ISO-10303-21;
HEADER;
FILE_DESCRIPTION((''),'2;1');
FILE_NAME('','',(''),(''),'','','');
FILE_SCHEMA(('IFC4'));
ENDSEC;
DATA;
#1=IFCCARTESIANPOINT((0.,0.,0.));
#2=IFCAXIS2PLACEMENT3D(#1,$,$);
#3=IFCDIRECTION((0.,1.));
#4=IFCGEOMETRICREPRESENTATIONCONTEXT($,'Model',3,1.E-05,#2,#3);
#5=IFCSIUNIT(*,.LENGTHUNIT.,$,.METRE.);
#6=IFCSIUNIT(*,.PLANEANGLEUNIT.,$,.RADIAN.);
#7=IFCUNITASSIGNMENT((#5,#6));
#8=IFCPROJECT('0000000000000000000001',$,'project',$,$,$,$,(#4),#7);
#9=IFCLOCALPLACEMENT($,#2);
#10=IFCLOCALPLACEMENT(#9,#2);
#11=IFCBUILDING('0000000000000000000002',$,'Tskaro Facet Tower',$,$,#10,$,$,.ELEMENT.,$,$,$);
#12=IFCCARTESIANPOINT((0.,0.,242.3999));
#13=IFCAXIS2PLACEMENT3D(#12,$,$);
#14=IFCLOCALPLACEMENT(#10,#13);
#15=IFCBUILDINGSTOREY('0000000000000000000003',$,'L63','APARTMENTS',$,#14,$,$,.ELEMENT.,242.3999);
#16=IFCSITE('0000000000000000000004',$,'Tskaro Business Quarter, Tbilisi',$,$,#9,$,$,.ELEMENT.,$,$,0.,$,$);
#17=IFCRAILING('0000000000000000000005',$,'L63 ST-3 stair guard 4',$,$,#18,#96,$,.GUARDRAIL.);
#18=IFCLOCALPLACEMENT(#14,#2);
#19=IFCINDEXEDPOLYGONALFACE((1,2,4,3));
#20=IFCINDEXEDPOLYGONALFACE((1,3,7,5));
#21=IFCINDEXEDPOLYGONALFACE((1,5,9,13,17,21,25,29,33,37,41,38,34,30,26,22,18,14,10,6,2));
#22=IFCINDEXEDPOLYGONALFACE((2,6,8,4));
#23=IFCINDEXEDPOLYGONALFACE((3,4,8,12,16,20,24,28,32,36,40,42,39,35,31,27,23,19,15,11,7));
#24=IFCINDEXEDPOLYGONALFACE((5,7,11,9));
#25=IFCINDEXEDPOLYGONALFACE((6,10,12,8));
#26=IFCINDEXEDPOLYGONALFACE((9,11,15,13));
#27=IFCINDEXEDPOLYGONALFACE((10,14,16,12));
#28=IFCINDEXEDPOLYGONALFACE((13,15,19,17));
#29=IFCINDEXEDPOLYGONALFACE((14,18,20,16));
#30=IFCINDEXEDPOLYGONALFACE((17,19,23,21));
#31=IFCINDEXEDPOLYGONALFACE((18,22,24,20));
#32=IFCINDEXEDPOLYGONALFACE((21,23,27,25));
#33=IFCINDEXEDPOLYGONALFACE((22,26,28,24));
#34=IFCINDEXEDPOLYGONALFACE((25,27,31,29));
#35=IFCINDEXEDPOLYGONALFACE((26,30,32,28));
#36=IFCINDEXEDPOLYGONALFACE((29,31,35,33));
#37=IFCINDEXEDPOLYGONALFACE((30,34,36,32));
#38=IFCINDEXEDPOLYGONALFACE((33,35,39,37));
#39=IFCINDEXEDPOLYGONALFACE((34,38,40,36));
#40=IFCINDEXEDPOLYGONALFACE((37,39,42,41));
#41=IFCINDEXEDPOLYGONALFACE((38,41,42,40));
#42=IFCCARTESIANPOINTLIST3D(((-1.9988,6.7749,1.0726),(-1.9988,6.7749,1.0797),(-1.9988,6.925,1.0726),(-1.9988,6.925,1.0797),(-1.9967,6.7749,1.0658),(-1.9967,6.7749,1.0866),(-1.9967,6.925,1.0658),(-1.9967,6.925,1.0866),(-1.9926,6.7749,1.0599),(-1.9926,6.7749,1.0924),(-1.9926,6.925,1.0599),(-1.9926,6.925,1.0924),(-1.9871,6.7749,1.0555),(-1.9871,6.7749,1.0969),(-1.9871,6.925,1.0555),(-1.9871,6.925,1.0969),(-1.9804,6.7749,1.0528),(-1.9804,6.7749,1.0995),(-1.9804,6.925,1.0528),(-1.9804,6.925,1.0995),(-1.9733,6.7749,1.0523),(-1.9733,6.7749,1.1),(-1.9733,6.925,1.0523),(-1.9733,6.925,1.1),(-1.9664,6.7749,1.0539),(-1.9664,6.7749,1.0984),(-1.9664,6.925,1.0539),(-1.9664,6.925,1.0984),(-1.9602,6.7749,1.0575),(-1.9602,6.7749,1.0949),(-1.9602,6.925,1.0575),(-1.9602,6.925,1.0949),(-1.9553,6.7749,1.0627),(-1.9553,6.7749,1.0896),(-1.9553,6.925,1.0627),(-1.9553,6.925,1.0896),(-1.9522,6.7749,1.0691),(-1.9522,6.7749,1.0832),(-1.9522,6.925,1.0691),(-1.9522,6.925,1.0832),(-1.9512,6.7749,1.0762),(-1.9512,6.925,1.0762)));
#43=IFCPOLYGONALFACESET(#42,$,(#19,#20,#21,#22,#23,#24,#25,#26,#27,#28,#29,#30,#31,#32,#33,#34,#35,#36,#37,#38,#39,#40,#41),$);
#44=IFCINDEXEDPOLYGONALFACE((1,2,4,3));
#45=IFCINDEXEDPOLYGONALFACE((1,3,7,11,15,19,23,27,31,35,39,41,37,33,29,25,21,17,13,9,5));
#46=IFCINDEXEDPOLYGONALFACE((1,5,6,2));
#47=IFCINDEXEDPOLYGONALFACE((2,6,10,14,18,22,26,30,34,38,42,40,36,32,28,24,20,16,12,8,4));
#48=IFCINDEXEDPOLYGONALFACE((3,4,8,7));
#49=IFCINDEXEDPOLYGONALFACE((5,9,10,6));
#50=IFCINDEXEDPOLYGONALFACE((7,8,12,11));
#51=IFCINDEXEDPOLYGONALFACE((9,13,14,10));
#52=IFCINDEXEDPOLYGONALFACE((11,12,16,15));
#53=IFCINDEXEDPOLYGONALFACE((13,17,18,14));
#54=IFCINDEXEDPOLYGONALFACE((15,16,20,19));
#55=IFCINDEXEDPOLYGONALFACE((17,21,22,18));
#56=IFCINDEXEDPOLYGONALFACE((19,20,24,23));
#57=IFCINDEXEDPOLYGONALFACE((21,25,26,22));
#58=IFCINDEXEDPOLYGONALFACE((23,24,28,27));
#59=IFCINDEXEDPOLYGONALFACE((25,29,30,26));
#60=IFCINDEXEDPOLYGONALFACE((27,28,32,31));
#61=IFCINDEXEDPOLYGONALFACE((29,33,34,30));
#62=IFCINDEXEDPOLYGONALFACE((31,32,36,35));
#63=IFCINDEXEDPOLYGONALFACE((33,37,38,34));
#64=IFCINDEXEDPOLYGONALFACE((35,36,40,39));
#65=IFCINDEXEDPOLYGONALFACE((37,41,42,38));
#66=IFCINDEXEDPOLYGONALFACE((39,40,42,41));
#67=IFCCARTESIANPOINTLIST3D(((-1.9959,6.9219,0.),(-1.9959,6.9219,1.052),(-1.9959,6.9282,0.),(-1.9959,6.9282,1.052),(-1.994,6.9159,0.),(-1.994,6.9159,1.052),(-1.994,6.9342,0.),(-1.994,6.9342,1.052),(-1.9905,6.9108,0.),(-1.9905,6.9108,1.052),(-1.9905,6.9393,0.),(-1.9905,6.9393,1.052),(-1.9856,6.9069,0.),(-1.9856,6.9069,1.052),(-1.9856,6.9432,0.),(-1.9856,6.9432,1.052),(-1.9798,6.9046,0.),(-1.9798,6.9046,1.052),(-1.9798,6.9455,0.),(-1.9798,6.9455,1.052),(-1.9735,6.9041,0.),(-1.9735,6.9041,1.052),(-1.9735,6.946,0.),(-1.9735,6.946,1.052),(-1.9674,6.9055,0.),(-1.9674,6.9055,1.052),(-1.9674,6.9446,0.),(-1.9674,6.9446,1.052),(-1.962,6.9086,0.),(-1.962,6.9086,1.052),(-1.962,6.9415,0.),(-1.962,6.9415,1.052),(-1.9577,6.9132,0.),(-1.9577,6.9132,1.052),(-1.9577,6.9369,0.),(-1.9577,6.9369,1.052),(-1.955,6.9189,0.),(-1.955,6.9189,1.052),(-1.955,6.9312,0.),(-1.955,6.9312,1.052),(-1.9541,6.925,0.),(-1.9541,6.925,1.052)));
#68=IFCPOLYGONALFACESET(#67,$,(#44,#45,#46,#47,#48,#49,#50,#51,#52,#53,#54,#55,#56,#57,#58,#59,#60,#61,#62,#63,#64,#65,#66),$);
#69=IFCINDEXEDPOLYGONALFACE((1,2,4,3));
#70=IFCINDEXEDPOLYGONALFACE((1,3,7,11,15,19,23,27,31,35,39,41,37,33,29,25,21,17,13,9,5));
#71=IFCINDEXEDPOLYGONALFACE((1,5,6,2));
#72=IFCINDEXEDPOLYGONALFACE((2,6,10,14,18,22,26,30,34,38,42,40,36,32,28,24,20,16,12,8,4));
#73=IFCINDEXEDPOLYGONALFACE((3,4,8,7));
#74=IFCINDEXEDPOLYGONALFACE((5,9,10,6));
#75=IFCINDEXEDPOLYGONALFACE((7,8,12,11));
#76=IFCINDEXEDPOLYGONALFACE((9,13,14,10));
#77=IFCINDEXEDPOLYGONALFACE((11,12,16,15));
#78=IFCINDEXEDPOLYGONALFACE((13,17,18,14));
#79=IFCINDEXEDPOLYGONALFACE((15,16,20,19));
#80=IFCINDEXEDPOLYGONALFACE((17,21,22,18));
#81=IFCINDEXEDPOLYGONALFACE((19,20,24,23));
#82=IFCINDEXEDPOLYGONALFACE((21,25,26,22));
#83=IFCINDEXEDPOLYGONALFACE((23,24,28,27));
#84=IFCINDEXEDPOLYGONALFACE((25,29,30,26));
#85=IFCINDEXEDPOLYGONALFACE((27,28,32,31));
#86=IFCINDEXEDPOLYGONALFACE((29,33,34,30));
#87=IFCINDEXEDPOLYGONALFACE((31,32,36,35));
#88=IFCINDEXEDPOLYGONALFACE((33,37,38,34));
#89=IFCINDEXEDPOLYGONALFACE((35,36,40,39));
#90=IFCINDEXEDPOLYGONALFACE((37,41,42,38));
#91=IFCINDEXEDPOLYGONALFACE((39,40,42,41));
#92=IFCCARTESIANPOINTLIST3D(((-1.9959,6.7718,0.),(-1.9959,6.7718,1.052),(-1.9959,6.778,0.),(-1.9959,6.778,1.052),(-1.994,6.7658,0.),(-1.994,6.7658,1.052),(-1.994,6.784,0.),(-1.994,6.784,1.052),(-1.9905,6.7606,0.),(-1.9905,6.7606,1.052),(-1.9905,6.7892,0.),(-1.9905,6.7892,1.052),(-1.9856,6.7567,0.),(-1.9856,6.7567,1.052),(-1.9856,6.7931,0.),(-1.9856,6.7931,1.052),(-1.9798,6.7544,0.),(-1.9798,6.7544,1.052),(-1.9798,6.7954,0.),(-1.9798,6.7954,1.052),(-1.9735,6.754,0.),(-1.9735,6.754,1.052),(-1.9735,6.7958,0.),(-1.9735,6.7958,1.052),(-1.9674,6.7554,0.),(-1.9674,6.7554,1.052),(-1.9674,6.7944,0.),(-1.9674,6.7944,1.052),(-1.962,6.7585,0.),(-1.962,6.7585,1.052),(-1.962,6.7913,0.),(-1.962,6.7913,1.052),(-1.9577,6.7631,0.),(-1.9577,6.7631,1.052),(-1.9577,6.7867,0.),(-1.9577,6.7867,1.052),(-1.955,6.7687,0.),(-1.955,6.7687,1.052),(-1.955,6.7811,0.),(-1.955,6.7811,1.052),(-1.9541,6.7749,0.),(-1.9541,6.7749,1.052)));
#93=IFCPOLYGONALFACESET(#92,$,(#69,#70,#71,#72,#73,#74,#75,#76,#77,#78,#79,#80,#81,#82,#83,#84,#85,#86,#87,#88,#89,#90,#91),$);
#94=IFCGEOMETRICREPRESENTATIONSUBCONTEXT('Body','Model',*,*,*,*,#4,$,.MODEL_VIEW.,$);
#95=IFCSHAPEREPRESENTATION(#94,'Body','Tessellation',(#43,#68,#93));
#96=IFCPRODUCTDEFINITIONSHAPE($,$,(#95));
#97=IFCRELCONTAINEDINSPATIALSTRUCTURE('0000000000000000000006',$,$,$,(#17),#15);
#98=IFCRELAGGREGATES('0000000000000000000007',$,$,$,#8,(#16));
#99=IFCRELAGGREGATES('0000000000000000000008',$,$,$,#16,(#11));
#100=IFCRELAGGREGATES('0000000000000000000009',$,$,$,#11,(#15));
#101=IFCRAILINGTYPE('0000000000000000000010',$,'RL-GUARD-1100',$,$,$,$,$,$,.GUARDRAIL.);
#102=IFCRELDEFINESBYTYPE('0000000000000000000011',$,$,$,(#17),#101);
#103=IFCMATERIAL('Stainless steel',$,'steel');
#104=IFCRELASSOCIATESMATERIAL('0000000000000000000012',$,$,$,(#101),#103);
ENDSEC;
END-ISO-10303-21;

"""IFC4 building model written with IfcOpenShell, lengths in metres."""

from ifc_helpers import new_model, si_unit, direction, frame, origin, origin_2d, place, context, subcontext, project, spatial, circle, extrude, material, type_object, element, save


model = new_model("IFC4")

# Units and contexts
model_context = context("Model", 3, precision=1e-05, world=origin(), true_north=direction((0.0, 1.0)))
body_context = subcontext(model_context, "Body", "Model", "MODEL_VIEW")
ifc_project = project(units=[si_unit("LENGTHUNIT", "METRE"), si_unit("PLANEANGLEUNIT", "RADIAN")], contexts=[model_context])

# Site, building, storey
site_placement = place(None, origin())
site = spatial("IfcSite", under=ifc_project, at=site_placement, Name="Tskaro Business Quarter, Tbilisi", CompositionType="ELEMENT", RefElevation=0.0)
building_placement = place(site_placement, origin())
building = spatial("IfcBuilding", under=site, at=building_placement, Name="Tskaro Facet Tower", CompositionType="ELEMENT")
storey_placement = place(building_placement, frame((0.0, 0.0, 242.3999)))
storey = spatial("IfcBuildingStorey", under=building, at=storey_placement, Name="L63", Description="APARTMENTS", CompositionType="ELEMENT", Elevation=242.3999)

# Railing
ifc_material_1 = material(Name="Stainless steel", Category="steel")
railing_type_1 = type_object("IfcRailingType", Name="RL-GUARD-1100", PredefinedType="GUARDRAIL", material=ifc_material_1)
railing_1_placement = place(storey_placement, frame((-1.9751, 6.925, 0.0)))
element("IfcRailing", 1, at=railing_1_placement, inside=storey, type_object=railing_type_1, Name="L63 ST-3 stair guard 4", PredefinedType="GUARDRAIL", context=body_context, shape_type="SweptSolid", body=[
    extrude(circle(Radius=0.0239, at=origin_2d()), frame((0.0, 0.0, 1.0762), z_axis=(0.0, -1.0, 0.0), x_axis=(1.0, 0.0, 0.0)), (0.0, 0.0, 1.0), 0.1501),
    extrude(circle(Radius=0.021, at=origin_2d()), origin(), (0.0, 0.0, 1.0), 1.052),
    extrude(circle(Radius=0.021, at=origin_2d()), frame((0.0, -0.1501, 0.0)), (0.0, 0.0, 1.0), 1.052),
])

save(model, "model.ifc")
